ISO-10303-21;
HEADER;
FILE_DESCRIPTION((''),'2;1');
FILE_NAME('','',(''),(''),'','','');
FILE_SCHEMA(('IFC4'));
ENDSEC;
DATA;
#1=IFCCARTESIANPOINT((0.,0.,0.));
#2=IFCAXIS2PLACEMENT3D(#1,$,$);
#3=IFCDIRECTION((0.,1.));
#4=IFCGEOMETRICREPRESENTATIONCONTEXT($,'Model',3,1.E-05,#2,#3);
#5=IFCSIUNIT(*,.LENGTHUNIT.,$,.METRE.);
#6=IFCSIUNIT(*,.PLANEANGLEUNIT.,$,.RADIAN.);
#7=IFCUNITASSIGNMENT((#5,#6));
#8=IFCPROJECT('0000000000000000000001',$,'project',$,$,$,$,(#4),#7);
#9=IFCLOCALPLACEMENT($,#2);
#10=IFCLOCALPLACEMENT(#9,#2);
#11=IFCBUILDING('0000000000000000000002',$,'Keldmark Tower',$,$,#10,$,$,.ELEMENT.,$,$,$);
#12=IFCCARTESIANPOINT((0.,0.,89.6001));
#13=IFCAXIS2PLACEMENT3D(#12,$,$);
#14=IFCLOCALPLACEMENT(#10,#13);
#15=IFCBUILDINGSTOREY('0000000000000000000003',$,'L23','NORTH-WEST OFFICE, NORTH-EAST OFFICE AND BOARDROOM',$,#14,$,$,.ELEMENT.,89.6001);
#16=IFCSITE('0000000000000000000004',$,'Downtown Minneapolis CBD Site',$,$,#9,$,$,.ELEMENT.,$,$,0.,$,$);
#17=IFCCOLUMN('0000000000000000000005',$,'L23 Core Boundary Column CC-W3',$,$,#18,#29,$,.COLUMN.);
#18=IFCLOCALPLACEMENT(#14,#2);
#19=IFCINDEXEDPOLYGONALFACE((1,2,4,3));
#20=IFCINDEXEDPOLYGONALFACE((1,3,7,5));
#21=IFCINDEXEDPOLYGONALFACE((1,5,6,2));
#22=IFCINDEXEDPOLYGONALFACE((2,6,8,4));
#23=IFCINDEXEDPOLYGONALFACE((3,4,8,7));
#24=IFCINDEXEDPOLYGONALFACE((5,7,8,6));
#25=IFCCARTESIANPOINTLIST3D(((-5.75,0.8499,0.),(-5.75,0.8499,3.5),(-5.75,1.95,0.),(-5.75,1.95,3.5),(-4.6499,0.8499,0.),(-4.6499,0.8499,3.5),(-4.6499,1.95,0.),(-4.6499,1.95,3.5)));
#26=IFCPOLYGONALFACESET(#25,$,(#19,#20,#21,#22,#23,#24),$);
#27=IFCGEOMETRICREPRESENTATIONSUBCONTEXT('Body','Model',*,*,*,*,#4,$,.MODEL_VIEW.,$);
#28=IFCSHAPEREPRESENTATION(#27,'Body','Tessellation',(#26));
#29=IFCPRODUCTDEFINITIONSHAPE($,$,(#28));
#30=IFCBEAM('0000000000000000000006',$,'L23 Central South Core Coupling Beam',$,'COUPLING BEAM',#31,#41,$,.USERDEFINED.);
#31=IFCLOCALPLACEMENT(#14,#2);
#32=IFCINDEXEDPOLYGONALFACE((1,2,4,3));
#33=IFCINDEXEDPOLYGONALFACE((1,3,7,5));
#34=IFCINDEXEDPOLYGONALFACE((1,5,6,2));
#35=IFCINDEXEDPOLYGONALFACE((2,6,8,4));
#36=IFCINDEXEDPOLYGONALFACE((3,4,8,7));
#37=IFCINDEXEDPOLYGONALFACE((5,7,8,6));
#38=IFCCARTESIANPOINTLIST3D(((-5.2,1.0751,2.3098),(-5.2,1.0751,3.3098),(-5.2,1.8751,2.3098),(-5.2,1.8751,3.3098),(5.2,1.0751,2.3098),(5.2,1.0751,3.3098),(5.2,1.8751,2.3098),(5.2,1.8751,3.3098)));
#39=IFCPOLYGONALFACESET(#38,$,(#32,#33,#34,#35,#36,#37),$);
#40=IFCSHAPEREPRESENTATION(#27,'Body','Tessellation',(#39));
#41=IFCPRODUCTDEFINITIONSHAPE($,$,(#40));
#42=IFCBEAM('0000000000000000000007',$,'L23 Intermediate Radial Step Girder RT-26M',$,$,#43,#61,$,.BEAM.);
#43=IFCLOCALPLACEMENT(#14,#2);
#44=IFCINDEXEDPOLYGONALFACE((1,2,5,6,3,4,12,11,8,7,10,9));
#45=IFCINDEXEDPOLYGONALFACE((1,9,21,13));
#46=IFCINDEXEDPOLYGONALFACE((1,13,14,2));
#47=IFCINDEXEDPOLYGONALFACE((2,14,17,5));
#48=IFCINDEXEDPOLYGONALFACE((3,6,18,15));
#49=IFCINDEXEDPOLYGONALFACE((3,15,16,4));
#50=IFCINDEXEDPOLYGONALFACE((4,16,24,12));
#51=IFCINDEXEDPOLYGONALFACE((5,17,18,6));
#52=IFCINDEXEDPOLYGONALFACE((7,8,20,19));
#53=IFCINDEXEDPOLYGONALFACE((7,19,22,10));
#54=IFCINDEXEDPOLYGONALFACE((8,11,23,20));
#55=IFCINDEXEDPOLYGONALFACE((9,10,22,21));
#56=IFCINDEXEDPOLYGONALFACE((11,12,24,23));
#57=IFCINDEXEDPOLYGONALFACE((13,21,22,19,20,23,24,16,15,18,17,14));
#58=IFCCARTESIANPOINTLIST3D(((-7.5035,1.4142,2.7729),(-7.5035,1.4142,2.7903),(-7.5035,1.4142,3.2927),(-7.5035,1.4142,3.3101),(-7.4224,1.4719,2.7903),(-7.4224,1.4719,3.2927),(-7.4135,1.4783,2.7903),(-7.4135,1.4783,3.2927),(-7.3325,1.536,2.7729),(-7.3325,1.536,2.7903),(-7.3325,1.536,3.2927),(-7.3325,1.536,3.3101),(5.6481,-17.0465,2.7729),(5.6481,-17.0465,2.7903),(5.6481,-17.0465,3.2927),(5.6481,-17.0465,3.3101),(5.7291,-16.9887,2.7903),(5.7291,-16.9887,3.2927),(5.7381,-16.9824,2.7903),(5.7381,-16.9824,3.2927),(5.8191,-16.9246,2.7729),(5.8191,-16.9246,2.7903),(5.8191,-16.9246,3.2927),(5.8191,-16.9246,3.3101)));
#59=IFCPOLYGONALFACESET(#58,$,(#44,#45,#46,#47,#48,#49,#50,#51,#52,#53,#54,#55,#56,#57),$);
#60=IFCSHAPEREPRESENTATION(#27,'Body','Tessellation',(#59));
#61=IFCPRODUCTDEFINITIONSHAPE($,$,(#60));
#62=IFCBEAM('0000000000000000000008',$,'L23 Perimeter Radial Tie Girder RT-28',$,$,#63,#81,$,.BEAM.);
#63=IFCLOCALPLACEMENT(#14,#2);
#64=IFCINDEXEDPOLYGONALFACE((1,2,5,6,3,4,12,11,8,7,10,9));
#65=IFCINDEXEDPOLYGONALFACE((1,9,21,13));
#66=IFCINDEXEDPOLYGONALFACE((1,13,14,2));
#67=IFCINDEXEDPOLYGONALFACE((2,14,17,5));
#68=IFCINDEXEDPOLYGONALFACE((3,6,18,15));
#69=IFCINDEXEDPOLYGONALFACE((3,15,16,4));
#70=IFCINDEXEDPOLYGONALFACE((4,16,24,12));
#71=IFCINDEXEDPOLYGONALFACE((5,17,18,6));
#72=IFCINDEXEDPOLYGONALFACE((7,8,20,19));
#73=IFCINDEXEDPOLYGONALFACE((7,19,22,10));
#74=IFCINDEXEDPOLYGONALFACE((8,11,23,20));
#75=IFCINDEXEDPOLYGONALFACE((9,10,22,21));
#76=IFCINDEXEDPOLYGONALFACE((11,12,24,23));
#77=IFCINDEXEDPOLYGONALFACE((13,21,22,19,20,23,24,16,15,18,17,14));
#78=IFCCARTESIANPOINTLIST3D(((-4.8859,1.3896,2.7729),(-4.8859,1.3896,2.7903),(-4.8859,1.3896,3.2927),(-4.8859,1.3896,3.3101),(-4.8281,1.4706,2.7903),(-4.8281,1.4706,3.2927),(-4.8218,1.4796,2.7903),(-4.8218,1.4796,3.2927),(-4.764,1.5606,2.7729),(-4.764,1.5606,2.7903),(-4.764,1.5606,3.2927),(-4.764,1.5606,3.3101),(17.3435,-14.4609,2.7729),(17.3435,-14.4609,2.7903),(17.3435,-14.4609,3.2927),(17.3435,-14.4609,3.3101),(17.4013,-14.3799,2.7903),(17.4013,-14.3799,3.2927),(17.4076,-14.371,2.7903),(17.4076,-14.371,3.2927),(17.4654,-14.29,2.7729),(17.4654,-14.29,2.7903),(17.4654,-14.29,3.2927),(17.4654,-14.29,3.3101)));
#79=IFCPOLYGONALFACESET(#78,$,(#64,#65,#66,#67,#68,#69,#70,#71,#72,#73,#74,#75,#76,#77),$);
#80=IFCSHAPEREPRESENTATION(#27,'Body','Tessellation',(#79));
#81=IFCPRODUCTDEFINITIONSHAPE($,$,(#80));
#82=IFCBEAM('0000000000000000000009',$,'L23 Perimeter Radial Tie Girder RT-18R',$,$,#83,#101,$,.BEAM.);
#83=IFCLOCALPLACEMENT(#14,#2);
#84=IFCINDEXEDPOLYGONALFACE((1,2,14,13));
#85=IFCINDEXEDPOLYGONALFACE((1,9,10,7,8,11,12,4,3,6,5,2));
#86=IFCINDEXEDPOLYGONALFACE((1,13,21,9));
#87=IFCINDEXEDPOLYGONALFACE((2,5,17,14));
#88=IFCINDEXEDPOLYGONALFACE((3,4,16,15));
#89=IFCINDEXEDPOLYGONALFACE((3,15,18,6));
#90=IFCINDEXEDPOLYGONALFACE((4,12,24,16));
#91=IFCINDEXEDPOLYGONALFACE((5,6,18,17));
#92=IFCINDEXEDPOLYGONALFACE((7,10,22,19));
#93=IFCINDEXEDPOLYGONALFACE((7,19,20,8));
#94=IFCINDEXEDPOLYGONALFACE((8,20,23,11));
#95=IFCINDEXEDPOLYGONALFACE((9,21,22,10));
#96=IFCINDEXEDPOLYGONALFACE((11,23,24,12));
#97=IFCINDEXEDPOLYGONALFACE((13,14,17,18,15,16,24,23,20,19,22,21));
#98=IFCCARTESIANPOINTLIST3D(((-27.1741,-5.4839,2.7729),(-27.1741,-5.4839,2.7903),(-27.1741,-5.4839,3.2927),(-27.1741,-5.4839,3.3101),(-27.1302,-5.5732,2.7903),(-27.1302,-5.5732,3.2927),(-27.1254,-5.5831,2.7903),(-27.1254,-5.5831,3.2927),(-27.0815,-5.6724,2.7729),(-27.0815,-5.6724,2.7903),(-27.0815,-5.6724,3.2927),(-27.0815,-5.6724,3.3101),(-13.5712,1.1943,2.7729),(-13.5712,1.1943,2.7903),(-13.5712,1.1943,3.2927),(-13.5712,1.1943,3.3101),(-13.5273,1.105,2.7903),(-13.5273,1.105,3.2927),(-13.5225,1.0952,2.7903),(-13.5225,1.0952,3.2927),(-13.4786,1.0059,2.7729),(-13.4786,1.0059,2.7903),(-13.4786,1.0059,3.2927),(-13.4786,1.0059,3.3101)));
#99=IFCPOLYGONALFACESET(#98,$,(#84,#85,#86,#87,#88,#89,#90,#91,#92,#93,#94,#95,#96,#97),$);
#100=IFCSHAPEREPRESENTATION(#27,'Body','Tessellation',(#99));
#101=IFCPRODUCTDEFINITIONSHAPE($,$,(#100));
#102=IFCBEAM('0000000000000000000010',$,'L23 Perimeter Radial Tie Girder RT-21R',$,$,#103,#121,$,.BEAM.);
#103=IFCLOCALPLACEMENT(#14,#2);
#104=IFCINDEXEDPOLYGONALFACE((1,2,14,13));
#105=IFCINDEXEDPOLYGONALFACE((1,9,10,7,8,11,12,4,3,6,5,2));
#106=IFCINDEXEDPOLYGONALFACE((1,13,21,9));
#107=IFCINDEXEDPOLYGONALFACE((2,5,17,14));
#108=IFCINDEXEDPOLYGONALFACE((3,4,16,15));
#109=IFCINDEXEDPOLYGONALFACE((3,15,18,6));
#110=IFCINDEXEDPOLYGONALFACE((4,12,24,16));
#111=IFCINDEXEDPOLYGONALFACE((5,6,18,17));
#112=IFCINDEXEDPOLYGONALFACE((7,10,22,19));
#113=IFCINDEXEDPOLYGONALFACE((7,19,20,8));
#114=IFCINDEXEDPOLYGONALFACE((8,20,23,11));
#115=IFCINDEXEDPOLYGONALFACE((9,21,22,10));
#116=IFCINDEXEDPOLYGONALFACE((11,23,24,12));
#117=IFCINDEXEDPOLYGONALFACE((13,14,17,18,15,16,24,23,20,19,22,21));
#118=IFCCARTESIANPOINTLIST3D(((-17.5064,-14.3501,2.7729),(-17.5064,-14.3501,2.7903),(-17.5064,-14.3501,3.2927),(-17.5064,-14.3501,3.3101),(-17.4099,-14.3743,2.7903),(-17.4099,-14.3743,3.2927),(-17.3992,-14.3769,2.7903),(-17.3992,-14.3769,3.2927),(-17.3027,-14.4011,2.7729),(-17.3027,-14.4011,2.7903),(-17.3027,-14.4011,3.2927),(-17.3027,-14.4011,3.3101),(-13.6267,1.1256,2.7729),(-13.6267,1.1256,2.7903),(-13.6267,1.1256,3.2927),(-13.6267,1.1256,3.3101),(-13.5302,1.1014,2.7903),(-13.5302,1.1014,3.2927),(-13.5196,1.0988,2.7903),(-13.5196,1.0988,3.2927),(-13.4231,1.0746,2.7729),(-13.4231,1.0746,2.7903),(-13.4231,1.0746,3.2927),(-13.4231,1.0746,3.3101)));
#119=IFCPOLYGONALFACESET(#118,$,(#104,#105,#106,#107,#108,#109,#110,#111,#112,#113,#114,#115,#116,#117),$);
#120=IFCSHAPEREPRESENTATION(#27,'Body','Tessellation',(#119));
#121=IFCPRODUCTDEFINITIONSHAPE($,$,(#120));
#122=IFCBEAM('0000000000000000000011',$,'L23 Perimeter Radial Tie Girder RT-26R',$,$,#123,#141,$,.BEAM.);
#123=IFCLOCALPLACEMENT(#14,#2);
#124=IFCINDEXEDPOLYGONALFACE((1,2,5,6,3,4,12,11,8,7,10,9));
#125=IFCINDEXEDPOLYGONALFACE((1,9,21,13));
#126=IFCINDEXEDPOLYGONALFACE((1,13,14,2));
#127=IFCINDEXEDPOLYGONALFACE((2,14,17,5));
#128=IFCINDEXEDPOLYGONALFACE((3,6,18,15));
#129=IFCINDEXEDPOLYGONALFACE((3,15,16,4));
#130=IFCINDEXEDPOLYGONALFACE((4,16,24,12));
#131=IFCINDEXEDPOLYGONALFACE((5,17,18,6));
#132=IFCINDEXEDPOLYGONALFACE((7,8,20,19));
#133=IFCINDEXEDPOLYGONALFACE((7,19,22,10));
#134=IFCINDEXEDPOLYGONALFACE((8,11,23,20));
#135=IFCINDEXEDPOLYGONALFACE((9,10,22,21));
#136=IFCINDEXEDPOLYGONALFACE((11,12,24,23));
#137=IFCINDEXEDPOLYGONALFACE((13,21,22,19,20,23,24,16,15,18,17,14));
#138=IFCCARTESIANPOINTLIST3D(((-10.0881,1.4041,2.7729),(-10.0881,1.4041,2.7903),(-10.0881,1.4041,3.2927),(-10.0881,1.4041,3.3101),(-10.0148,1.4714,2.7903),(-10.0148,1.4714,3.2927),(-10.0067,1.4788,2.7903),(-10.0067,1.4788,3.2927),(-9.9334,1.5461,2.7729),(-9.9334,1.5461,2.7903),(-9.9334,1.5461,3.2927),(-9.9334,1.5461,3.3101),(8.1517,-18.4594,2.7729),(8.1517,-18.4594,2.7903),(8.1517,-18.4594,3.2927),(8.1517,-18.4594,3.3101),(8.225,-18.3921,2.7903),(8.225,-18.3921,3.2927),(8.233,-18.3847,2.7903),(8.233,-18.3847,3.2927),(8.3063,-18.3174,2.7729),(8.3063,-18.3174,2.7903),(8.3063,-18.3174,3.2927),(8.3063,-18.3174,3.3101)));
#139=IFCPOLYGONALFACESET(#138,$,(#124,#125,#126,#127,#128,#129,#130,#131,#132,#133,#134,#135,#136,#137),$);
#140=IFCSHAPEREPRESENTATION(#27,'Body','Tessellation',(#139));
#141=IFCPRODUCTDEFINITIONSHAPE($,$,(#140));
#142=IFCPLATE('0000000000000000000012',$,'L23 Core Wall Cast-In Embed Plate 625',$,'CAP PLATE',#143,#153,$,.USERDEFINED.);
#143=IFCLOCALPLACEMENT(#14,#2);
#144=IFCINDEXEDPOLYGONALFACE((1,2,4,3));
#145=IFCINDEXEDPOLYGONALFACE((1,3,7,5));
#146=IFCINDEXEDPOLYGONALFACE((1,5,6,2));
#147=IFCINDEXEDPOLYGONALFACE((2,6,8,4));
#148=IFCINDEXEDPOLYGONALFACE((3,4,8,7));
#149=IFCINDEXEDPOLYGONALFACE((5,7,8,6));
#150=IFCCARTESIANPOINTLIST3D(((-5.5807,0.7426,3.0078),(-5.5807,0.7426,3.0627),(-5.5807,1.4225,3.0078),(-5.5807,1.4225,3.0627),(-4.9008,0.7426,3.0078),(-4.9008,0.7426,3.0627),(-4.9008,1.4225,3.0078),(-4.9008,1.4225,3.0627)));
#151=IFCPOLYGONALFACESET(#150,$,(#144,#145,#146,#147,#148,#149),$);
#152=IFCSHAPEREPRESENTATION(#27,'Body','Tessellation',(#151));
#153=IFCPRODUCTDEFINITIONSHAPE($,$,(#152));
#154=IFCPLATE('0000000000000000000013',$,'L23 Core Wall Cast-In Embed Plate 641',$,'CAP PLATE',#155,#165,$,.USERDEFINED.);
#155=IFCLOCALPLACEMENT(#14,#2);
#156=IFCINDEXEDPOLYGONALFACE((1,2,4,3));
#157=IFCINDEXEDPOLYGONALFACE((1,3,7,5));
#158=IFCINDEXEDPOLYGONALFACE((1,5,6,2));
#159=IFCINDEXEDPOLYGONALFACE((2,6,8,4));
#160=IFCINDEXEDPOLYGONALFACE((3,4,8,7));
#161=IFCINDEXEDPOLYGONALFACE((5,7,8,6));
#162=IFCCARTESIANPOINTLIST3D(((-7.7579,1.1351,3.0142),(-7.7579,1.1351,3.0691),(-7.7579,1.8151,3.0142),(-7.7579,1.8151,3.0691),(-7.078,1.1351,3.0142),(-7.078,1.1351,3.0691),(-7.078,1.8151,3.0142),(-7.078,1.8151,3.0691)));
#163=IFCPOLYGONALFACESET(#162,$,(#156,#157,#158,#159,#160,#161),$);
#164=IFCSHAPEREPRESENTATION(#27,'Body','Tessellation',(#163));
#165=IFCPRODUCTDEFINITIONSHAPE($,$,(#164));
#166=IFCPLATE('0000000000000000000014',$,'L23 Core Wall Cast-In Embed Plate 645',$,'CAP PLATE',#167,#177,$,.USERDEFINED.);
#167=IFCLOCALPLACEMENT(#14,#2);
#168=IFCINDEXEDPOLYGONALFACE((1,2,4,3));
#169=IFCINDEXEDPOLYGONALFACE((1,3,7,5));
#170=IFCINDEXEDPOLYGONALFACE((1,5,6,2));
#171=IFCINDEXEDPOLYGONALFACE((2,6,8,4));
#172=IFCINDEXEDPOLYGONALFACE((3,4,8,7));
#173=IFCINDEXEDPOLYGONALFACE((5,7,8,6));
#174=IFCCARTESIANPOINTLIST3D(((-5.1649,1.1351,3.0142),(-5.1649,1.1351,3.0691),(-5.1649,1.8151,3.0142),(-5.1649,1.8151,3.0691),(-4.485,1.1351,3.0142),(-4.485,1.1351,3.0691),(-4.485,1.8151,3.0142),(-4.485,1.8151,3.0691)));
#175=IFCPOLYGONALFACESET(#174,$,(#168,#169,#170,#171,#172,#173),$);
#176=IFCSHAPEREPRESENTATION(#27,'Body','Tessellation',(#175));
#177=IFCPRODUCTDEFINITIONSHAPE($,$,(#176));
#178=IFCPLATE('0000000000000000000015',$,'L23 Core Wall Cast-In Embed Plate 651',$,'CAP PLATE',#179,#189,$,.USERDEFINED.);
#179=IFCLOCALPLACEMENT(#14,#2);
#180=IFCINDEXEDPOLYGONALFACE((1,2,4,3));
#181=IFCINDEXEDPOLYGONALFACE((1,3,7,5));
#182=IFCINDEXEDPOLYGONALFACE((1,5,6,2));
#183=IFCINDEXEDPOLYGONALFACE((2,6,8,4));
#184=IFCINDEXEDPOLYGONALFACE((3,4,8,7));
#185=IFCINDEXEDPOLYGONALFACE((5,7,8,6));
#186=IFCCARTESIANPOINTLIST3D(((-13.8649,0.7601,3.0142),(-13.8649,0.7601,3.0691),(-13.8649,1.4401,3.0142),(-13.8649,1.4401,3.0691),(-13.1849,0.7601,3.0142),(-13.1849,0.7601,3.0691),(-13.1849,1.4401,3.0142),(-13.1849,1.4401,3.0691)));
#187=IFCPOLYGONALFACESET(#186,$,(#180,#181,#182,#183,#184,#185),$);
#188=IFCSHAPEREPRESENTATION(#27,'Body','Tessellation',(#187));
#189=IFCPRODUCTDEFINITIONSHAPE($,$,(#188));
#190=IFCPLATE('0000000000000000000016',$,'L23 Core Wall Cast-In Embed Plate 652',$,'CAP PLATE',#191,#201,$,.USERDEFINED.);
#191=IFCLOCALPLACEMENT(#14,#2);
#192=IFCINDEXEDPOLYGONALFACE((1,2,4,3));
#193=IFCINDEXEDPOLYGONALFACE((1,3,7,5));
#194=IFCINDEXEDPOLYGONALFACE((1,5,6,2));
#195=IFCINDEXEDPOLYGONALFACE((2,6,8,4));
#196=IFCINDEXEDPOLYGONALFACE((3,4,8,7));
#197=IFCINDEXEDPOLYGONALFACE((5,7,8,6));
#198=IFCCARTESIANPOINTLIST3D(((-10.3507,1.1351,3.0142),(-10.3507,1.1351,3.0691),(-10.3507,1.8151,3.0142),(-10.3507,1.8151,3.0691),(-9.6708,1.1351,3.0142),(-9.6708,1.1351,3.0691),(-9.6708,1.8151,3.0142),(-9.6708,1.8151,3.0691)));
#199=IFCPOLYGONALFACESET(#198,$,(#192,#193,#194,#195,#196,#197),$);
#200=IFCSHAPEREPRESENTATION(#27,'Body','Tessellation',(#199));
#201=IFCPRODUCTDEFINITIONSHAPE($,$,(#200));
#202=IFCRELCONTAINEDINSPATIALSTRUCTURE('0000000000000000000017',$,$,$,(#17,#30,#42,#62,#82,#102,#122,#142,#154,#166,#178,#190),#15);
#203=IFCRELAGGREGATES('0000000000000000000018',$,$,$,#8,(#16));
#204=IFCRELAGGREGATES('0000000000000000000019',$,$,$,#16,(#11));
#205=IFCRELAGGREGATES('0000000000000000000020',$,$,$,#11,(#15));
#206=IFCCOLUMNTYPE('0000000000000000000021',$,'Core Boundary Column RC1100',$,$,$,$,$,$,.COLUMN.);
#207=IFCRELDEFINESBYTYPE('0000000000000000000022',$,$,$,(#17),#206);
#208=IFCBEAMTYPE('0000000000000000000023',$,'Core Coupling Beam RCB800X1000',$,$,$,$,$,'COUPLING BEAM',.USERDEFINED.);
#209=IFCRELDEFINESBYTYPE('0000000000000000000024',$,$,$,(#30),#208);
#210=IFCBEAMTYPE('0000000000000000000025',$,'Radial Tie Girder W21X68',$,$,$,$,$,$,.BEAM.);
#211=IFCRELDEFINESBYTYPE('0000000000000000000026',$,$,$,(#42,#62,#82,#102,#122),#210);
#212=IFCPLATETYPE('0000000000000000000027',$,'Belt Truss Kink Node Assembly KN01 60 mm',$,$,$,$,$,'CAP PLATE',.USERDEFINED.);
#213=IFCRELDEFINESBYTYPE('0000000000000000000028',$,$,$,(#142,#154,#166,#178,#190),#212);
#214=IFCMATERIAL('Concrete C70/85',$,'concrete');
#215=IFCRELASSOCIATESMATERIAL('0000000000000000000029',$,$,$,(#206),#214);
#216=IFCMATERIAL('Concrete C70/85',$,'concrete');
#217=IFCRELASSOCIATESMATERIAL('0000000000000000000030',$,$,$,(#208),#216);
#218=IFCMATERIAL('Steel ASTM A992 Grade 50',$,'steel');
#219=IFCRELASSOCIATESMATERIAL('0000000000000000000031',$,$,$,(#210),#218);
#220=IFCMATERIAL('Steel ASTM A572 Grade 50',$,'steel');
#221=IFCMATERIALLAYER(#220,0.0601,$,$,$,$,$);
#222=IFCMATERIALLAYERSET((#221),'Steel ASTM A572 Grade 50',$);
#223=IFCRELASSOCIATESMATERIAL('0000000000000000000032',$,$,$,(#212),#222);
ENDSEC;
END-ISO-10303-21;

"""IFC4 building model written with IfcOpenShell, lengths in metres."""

from ifc_helpers import new_model, si_unit, direction, frame, origin, origin_2d, place, context, subcontext, project, spatial, rectangle, i_section, extrude, material, layer, layer_set, material_profile, profile_set, type_object, element, save


model = new_model("IFC4")

# Units and contexts
model_context = context("Model", 3, precision=1e-05, world=origin(), true_north=direction((0.0, 1.0)))
body_context = subcontext(model_context, "Body", "Model", "MODEL_VIEW")
ifc_project = project(units=[si_unit("LENGTHUNIT", "METRE"), si_unit("PLANEANGLEUNIT", "RADIAN")], contexts=[model_context])

# Site, building, storey
site_placement = place(None, origin())
site = spatial("IfcSite", under=ifc_project, at=site_placement, Name="Downtown Minneapolis CBD Site", CompositionType="ELEMENT", RefElevation=0.0)
building_placement = place(site_placement, origin())
building = spatial("IfcBuilding", under=site, at=building_placement, Name="Keldmark Tower", CompositionType="ELEMENT")
storey_placement = place(building_placement, frame((0.0, 0.0, 89.6001)))
storey = spatial("IfcBuildingStorey", under=building, at=storey_placement, Name="L23", Description="NORTH-WEST OFFICE, NORTH-EAST OFFICE AND BOARDROOM", CompositionType="ELEMENT", Elevation=89.6001)

# Column
ifc_material_1 = material(Name="Concrete C70/85", Category="concrete")
ifc_material_profile_1 = material_profile(ifc_material_1, rectangle(XDim=1.1001, YDim=1.1001, at=origin_2d()), Name="RC1100X1100")
ifc_profile_set_1 = profile_set([ifc_material_profile_1], Name="Concrete C70/85")
column_type = type_object("IfcColumnType", Name="Core Boundary Column RC1100", PredefinedType="COLUMN", material=ifc_profile_set_1)
column_placement = place(storey_placement, frame((-5.2, 1.3999, 0.0), z_axis=(0.0, 0.0, 1.0), x_axis=(1.0, 0.0, 0.0)))
element("IfcColumn", 1, at=column_placement, inside=storey, type_object=column_type, Name="L23 Core Boundary Column CC-W3", PredefinedType="COLUMN", context=body_context, shape_type="SweptSolid", body=[
    extrude(rectangle(XDim=1.1001, YDim=1.1001, at=origin_2d()), origin(), (0.0, 0.0, 1.0), 3.5),
])

# Beams
ifc_material_2 = material(Name="Concrete C70/85", Category="concrete")
ifc_material_profile_2 = material_profile(ifc_material_2, rectangle(XDim=0.8, YDim=1.0, at=origin_2d()), Name="RCB800X1000")
ifc_profile_set_2 = profile_set([ifc_material_profile_2], Name="Concrete C70/85")
beam_type_1 = type_object("IfcBeamType", Name="Core Coupling Beam RCB800X1000", ElementType="COUPLING BEAM", PredefinedType="USERDEFINED", material=ifc_profile_set_2)
beam_1_placement = place(storey_placement, frame((-5.2, 1.4751, 2.8098), z_axis=(1.0, 0.0, 0.0), x_axis=(0.0, 1.0, 0.0)))
element("IfcBeam", 2, at=beam_1_placement, inside=storey, type_object=beam_type_1, Name="L23 Central South Core Coupling Beam", ObjectType="COUPLING BEAM", PredefinedType="USERDEFINED", context=body_context, shape_type="SweptSolid", body=[
    extrude(rectangle(XDim=0.8, YDim=1.0, at=origin_2d()), origin(), (0.0, 0.0, 1.0), 10.3999),
])
ifc_material_3 = material(Name="Steel ASTM A992 Grade 50", Category="steel")
ifc_material_profile_3 = material_profile(ifc_material_3, i_section(OverallWidth=0.21, OverallDepth=0.5371, WebThickness=0.011, FlangeThickness=0.0173, at=origin_2d()), Name="W21X68")
ifc_profile_set_3 = profile_set([ifc_material_profile_3], Name="Steel ASTM A992 Grade 50")
beam_type_2 = type_object("IfcBeamType", Name="Radial Tie Girder W21X68", PredefinedType="BEAM", material=ifc_profile_set_3)
beam_2_placement = place(storey_placement, frame((-7.418, 1.4751, 3.0415), z_axis=(0.580227, -0.814455, 0.0), x_axis=(0.814455, 0.580227, 0.0)))
element("IfcBeam", 3, at=beam_2_placement, inside=storey, type_object=beam_type_2, Name="L23 Intermediate Radial Step Girder RT-26M", PredefinedType="BEAM", context=body_context, shape_type="SweptSolid", body=[
    extrude(i_section(OverallWidth=0.21, OverallDepth=0.5371, WebThickness=0.011, FlangeThickness=0.0173, at=origin_2d()), origin(), (0.0, 0.0, 1.0), 22.6663),
])
beam_3_placement = place(storey_placement, frame((-4.825, 1.4751, 3.0415), z_axis=(0.814212, -0.580568, 0.0), x_axis=(0.580568, 0.814212, 0.0)))
element("IfcBeam", 4, at=beam_3_placement, inside=storey, type_object=beam_type_2, Name="L23 Perimeter Radial Tie Girder RT-28", PredefinedType="BEAM", context=body_context, shape_type="SweptSolid", body=[
    extrude(i_section(OverallWidth=0.21, OverallDepth=0.5371, WebThickness=0.011, FlangeThickness=0.0173, at=origin_2d()), origin(), (0.0, 0.0, 1.0), 27.3018),
])
beam_4_placement = place(storey_placement, frame((-13.5249, 1.1001, 3.0415), z_axis=(-0.897655, -0.440699, 0.0), x_axis=(0.440699, -0.897655, 0.0)))
element("IfcBeam", 5, at=beam_4_placement, inside=storey, type_object=beam_type_2, Name="L23 Perimeter Radial Tie Girder RT-18R", PredefinedType="BEAM", context=body_context, shape_type="SweptSolid", body=[
    extrude(i_section(OverallWidth=0.21, OverallDepth=0.5371, WebThickness=0.011, FlangeThickness=0.0173, at=origin_2d()), origin(), (0.0, 0.0, 1.0), 15.1538),
])
beam_5_placement = place(storey_placement, frame((-13.5249, 1.1001, 3.0415), z_axis=(-0.243169, -0.969984, 0.0), x_axis=(0.969984, -0.243169, 0.0)))
element("IfcBeam", 6, at=beam_5_placement, inside=storey, type_object=beam_type_2, Name="L23 Perimeter Radial Tie Girder RT-21R", PredefinedType="BEAM", context=body_context, shape_type="SweptSolid", body=[
    extrude(i_section(OverallWidth=0.21, OverallDepth=0.5371, WebThickness=0.011, FlangeThickness=0.0173, at=origin_2d()), origin(), (0.0, 0.0, 1.0), 15.9546),
])
beam_6_placement = place(storey_placement, frame((-10.0107, 1.4751, 3.0415), z_axis=(0.676359, -0.736572, 0.0), x_axis=(0.736572, 0.676359, 0.0)))
element("IfcBeam", 7, at=beam_6_placement, inside=storey, type_object=beam_type_2, Name="L23 Perimeter Radial Tie Girder RT-26R", PredefinedType="BEAM", context=body_context, shape_type="SweptSolid", body=[
    extrude(i_section(OverallWidth=0.21, OverallDepth=0.5371, WebThickness=0.011, FlangeThickness=0.0173, at=origin_2d()), origin(), (0.0, 0.0, 1.0), 26.9675),
])

# Plates
ifc_material_4 = material(Name="Steel ASTM A572 Grade 50", Category="steel")
ifc_layer_1 = layer(ifc_material_4, 0.0601)
ifc_layer_set_1 = layer_set([ifc_layer_1], Name="Steel ASTM A572 Grade 50")
plate_type = type_object("IfcPlateType", Name="Belt Truss Kink Node Assembly KN01 60 mm", ElementType="CAP PLATE", PredefinedType="USERDEFINED", material=ifc_layer_set_1)
for number, where, z_axis, x_axis, name in (
    (8, (-5.2407, 1.0825, 3.0078), (0.0, 0.0, 1.0), (1.0, 0.0, 0.0), "L23 Core Wall Cast-In Embed Plate 625"),
    (9, (-7.418, 1.4751, 3.0142), (0.0, 0.0, 1.0), (1.0, 0.0, 0.0), "L23 Core Wall Cast-In Embed Plate 641"),
    (10, (-4.825, 1.4751, 3.0142), (0.0, 0.0, 1.0), (1.0, 0.0, 0.0), "L23 Core Wall Cast-In Embed Plate 645"),
    (11, (-13.5249, 1.1001, 3.0142), (0.0, 0.0, 1.0), (1.0, 0.0, 0.0), "L23 Core Wall Cast-In Embed Plate 651"),
    (12, (-10.0107, 1.4751, 3.0142), (0.0, 0.0, 1.0), (1.0, 0.0, 0.0), "L23 Core Wall Cast-In Embed Plate 652"),
):
    element("IfcPlate", number, at=place(storey_placement, frame(where, z_axis=z_axis, x_axis=x_axis)), inside=storey, type_object=plate_type, Name=name, ObjectType="CAP PLATE", PredefinedType="USERDEFINED", context=body_context, shape_type="SweptSolid", body=[
        extrude(rectangle(XDim=0.6799, YDim=0.6799, at=origin_2d()), origin(), (0.0, 0.0, 1.0), 0.0549),
    ])

save(model, "model.ifc")
